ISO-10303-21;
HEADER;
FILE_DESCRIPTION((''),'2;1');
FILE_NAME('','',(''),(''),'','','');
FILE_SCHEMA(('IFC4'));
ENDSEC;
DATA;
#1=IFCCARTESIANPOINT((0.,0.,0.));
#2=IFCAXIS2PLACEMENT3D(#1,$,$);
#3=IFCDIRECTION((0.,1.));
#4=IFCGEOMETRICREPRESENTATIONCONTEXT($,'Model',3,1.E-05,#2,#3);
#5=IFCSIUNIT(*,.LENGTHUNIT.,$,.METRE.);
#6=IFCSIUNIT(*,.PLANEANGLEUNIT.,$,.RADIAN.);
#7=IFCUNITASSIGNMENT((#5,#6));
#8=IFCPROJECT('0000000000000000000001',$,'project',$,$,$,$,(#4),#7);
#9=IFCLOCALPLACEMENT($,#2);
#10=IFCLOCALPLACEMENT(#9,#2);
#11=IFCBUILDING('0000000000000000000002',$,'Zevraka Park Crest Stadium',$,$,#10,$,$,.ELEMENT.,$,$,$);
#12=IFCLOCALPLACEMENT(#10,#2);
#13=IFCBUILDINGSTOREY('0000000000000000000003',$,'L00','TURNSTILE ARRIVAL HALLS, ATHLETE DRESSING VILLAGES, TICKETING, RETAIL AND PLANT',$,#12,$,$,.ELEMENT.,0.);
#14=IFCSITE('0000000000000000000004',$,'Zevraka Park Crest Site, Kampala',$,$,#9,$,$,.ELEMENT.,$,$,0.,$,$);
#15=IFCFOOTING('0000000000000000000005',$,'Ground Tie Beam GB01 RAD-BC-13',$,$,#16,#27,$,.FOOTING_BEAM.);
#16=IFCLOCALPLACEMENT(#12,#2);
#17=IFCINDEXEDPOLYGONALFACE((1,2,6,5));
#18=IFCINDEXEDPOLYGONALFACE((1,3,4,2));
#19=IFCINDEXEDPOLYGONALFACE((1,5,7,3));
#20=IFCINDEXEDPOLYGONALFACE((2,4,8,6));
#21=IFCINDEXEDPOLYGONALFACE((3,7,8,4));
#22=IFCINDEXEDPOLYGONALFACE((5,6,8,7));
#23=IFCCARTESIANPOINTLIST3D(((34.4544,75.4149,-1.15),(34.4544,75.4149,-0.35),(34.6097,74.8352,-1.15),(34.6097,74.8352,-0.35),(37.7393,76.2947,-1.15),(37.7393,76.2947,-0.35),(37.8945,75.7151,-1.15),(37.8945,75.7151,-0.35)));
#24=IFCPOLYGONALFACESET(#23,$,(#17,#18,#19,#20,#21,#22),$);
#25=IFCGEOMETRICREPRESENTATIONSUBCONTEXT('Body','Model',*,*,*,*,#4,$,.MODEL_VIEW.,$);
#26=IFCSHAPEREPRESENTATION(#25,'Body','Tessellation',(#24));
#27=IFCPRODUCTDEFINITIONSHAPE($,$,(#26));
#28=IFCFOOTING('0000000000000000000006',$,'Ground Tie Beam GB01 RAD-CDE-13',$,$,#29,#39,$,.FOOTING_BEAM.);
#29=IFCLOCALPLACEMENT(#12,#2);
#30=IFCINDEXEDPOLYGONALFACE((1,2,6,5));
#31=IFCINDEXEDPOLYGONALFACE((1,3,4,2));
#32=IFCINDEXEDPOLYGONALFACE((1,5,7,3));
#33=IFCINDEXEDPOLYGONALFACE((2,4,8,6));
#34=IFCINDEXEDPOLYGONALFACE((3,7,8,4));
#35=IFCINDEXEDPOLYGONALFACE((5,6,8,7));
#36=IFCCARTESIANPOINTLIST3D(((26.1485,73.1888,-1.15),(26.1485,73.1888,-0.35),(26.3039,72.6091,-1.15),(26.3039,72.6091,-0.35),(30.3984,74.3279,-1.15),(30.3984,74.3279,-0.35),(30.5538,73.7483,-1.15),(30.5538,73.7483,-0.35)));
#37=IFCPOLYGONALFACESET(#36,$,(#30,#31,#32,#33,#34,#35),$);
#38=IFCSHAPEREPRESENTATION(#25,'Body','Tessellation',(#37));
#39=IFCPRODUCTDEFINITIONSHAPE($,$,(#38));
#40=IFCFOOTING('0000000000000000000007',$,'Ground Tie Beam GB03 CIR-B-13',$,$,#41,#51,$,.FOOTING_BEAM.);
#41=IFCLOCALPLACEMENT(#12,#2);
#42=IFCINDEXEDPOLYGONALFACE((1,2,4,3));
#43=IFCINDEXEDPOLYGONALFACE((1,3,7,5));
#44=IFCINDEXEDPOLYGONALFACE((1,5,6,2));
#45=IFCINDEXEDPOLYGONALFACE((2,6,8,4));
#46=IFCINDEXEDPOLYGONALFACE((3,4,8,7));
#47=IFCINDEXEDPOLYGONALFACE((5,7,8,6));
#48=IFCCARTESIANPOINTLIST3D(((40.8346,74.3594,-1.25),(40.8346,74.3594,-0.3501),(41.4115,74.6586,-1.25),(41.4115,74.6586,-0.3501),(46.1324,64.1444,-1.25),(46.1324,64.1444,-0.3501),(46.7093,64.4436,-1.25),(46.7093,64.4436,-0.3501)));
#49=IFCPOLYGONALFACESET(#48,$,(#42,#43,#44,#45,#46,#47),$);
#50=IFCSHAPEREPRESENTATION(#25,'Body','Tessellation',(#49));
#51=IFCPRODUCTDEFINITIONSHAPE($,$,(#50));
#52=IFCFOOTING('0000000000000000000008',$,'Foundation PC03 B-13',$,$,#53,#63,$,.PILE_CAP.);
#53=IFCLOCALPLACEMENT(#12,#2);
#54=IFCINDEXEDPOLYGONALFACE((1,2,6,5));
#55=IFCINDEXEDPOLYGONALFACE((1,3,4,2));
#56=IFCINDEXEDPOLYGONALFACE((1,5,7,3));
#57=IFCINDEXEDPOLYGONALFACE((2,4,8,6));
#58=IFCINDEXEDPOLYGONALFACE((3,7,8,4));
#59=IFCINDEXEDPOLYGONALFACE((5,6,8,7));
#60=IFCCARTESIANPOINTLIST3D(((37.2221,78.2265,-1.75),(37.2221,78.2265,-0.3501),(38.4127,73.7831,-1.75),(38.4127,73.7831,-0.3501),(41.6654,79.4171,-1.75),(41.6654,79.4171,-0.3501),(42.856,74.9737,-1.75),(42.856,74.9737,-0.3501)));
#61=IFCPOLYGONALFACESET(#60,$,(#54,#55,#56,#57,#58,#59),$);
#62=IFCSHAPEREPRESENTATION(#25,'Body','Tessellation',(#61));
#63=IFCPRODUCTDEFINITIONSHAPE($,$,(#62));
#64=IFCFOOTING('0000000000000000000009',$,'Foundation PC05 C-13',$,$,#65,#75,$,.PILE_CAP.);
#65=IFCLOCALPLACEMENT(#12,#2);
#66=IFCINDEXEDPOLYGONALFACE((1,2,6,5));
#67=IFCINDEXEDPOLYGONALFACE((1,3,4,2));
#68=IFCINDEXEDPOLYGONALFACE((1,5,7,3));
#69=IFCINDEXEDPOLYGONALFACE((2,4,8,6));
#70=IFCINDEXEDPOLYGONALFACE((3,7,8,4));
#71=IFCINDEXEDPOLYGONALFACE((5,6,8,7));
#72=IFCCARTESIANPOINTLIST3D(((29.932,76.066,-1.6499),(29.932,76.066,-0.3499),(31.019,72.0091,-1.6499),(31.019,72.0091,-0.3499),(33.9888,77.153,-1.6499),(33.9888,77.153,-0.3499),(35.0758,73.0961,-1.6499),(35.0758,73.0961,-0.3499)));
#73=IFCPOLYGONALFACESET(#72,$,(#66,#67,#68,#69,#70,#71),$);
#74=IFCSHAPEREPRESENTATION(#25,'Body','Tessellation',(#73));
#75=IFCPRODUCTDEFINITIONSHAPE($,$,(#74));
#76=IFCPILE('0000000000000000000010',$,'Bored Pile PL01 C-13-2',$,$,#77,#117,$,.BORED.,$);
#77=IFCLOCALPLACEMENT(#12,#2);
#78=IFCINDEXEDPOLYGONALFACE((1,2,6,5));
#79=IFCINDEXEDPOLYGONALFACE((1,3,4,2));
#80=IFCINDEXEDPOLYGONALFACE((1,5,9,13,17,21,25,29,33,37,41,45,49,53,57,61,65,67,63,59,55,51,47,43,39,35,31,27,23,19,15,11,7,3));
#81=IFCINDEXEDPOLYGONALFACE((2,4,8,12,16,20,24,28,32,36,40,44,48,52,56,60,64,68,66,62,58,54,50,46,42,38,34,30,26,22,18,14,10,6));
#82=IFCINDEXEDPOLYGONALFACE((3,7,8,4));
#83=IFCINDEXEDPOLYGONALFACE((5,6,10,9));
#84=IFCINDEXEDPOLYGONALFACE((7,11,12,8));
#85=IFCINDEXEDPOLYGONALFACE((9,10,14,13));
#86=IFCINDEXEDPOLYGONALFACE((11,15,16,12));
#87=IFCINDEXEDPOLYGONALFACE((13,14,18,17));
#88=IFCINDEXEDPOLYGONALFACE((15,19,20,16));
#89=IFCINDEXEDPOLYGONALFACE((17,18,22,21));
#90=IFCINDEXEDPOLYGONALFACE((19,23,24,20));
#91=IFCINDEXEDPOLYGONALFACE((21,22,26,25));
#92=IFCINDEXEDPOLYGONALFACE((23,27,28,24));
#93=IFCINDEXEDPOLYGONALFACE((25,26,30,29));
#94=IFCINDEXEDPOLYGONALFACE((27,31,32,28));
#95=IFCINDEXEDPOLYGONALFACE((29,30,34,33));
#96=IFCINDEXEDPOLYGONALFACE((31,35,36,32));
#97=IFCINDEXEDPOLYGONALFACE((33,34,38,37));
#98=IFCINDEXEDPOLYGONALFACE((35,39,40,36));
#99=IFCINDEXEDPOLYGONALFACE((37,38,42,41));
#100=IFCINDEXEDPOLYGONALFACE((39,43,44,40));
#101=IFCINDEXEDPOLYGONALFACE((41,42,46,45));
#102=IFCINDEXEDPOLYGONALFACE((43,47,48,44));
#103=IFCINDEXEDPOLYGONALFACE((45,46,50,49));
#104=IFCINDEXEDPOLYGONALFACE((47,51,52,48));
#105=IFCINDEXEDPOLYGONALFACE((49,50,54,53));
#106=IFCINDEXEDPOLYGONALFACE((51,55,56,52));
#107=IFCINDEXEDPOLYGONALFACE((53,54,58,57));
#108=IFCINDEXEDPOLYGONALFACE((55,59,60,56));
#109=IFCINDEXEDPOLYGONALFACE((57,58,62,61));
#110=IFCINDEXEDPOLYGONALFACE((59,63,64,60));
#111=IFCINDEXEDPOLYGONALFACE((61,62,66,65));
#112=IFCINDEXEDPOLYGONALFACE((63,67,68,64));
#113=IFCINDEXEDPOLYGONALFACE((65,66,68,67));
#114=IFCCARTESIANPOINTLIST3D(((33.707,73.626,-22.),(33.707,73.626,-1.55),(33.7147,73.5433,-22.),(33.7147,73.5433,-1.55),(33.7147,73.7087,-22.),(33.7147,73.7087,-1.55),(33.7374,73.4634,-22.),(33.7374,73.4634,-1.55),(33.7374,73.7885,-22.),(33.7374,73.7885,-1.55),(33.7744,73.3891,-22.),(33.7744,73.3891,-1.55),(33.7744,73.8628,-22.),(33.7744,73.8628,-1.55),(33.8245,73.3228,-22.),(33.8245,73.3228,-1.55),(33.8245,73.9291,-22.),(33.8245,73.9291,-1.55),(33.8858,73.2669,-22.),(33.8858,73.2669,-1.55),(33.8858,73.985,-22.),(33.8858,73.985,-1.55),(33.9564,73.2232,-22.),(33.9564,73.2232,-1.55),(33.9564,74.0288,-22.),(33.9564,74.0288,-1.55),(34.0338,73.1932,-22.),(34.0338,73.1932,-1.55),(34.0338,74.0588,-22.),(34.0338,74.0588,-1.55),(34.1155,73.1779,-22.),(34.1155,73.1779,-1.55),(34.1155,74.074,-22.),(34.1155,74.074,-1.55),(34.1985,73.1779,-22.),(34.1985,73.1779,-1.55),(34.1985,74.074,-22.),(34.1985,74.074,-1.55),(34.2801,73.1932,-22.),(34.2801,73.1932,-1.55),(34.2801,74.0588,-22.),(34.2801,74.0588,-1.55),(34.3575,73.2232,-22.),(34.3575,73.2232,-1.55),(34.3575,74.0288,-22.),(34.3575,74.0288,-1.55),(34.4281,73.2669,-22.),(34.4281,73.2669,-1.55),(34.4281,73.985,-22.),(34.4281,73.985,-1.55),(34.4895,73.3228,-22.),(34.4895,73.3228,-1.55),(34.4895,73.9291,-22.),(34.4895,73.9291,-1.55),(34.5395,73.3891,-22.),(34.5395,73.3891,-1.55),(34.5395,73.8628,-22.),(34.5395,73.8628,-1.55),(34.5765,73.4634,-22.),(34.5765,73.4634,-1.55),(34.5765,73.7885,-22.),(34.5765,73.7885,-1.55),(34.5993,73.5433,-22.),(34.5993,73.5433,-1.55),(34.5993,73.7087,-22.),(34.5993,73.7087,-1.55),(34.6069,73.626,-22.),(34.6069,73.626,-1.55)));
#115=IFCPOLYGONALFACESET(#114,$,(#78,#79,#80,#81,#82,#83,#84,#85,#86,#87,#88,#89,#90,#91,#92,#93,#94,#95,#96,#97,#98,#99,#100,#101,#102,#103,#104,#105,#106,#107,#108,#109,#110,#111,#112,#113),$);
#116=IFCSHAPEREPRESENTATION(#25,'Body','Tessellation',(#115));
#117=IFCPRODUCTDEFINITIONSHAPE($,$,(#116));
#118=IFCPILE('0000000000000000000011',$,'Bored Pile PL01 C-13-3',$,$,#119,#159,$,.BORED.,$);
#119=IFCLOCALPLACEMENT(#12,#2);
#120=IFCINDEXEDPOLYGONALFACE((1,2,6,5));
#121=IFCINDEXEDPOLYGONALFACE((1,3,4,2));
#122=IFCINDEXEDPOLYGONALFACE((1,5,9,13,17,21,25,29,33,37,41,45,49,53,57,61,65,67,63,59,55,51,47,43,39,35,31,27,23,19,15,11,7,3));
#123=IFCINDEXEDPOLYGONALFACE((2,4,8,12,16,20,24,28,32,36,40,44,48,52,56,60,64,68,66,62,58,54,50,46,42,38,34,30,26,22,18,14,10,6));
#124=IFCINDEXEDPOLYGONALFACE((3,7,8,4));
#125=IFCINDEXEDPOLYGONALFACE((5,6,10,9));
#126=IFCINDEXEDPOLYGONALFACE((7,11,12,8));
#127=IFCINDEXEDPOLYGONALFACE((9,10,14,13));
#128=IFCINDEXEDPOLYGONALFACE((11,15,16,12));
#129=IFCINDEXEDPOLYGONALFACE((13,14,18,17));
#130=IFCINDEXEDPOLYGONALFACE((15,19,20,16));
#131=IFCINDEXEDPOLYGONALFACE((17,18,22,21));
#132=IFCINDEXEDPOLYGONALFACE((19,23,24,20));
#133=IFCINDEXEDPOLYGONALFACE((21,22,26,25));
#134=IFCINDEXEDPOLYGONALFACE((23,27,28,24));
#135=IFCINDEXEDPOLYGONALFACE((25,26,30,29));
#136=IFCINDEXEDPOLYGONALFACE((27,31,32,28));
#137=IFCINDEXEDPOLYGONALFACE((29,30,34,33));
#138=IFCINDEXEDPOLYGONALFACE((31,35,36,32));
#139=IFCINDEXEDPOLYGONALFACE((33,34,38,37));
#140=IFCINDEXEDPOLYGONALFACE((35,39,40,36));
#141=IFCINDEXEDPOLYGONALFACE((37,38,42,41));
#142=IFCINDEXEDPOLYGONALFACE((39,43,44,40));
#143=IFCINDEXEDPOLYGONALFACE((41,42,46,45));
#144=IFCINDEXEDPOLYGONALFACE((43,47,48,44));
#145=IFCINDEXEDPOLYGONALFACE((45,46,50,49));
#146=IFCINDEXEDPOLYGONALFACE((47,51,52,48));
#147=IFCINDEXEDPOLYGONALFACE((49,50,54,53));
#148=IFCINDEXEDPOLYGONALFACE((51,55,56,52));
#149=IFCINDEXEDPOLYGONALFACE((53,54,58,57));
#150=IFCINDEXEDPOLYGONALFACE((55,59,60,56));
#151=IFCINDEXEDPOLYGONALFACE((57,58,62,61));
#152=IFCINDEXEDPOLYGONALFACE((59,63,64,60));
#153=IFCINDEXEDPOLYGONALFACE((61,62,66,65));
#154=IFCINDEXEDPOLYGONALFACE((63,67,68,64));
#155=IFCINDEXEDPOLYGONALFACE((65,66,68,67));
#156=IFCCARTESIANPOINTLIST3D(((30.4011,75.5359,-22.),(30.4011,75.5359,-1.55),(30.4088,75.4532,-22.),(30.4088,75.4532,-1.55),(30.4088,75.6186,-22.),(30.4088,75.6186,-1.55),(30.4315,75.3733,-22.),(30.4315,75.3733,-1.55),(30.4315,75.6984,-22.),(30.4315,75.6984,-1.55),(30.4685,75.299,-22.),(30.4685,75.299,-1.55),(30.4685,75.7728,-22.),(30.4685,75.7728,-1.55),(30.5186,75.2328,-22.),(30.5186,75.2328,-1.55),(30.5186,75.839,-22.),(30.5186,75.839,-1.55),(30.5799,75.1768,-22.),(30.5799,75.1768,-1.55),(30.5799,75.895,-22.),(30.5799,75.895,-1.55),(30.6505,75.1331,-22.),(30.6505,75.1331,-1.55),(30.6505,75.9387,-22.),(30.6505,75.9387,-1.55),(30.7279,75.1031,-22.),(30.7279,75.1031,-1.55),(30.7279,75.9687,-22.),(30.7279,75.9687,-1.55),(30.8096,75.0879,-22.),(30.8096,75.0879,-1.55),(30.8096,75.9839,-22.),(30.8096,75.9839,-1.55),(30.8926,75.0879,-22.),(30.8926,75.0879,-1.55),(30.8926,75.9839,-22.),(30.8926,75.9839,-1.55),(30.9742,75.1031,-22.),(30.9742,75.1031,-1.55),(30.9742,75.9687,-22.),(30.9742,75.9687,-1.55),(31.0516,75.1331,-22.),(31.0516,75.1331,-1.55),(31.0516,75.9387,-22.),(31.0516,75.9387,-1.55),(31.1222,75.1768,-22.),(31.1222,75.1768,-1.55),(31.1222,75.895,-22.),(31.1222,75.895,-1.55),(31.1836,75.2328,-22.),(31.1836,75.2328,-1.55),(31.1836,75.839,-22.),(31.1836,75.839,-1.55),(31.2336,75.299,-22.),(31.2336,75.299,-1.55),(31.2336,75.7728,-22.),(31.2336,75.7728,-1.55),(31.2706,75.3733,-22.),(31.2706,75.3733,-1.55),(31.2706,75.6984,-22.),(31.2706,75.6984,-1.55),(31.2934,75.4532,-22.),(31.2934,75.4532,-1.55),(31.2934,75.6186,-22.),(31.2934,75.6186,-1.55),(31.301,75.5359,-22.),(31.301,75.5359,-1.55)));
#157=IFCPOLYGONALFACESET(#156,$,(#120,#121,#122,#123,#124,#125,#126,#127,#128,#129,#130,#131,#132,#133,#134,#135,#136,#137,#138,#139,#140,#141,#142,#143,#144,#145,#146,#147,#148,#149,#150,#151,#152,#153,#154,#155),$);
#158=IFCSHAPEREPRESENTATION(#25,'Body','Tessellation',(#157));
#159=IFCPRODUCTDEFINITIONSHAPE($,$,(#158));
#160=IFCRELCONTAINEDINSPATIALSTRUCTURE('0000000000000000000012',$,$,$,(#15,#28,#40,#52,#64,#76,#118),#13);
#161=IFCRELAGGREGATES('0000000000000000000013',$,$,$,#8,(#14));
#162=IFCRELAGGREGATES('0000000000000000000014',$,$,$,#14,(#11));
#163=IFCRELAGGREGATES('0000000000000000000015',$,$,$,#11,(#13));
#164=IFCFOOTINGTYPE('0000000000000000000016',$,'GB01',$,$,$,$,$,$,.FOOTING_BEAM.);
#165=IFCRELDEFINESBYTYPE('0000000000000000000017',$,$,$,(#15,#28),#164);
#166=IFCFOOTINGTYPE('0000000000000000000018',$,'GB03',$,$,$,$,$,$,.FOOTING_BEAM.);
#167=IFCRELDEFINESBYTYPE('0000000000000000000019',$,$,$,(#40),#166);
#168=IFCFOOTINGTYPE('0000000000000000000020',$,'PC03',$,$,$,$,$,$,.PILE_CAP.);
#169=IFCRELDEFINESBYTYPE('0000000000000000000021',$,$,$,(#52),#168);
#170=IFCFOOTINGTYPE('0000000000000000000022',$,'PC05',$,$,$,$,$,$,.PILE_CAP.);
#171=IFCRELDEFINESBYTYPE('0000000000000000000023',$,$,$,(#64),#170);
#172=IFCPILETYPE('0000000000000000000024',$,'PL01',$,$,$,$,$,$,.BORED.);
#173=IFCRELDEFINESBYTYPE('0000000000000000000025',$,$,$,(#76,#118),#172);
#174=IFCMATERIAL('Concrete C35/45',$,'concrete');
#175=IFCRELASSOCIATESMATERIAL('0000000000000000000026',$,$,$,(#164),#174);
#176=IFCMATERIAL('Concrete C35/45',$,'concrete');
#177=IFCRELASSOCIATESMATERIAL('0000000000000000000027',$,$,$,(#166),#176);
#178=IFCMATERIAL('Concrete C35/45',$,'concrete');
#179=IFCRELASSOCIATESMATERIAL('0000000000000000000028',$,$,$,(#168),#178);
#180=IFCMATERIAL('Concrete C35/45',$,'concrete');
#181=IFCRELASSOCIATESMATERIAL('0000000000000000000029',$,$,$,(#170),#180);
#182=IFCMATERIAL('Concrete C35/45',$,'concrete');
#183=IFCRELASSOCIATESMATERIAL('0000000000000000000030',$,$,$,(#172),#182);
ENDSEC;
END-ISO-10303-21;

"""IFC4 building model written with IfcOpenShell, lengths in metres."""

from ifc_helpers import new_model, si_unit, direction, frame, origin, origin_2d, place, context, subcontext, project, spatial, rectangle, circle, extrude, material, material_profile, profile_set, type_object, element, save


model = new_model("IFC4")

# Units and contexts
model_context = context("Model", 3, precision=1e-05, world=origin(), true_north=direction((0.0, 1.0)))
body_context = subcontext(model_context, "Body", "Model", "MODEL_VIEW")
ifc_project = project(units=[si_unit("LENGTHUNIT", "METRE"), si_unit("PLANEANGLEUNIT", "RADIAN")], contexts=[model_context])

# Site, building, storey
site_placement = place(None, origin())
site = spatial("IfcSite", under=ifc_project, at=site_placement, Name="Zevraka Park Crest Site, Kampala", CompositionType="ELEMENT", RefElevation=0.0)
building_placement = place(site_placement, origin())
building = spatial("IfcBuilding", under=site, at=building_placement, Name="Zevraka Park Crest Stadium", CompositionType="ELEMENT")
storey_placement = place(building_placement, origin())
storey = spatial("IfcBuildingStorey", under=building, at=storey_placement, Name="L00", Description="TURNSTILE ARRIVAL HALLS, ATHLETE DRESSING VILLAGES, TICKETING, RETAIL AND PLANT", CompositionType="ELEMENT", Elevation=0.0)

# Footings
ifc_material_1 = material(Name="Concrete C35/45", Category="concrete")
ifc_material_profile_1 = material_profile(ifc_material_1, rectangle(XDim=0.6001, YDim=0.8, at=origin_2d()), Name="GB 800x600")
ifc_profile_set_1 = profile_set([ifc_material_profile_1], Name="Concrete C35/45")
footing_type_1 = type_object("IfcFootingType", Name="GB01", PredefinedType="FOOTING_BEAM", material=ifc_profile_set_1)
footing_1_placement = place(storey_placement, frame((37.8169, 76.0049, -0.75), z_axis=(-0.965948, -0.258735, 0.0), x_axis=(0.258735, -0.965948, 0.0)))
element("IfcFooting", 1, at=footing_1_placement, inside=storey, type_object=footing_type_1, Name="Ground Tie Beam GB01 RAD-BC-13", PredefinedType="FOOTING_BEAM", context=body_context, shape_type="SweptSolid", body=[
    extrude(rectangle(XDim=0.6001, YDim=0.8, at=origin_2d()), origin(), (0.0, 0.0, 1.0), 3.4006),
])
footing_2_placement = place(storey_placement, frame((30.4761, 74.0381, -0.75), z_axis=(-0.965904, -0.258899, 0.0), x_axis=(0.258899, -0.965904, 0.0)))
element("IfcFooting", 2, at=footing_2_placement, inside=storey, type_object=footing_type_1, Name="Ground Tie Beam GB01 RAD-CDE-13", PredefinedType="FOOTING_BEAM", context=body_context, shape_type="SweptSolid", body=[
    extrude(rectangle(XDim=0.6001, YDim=0.8, at=origin_2d()), origin(), (0.0, 0.0, 1.0), 4.3999),
])
ifc_material_2 = material(Name="Concrete C35/45", Category="concrete")
ifc_material_profile_2 = material_profile(ifc_material_2, rectangle(XDim=0.6499, YDim=0.8999, at=origin_2d()), Name="GB 900x650")
ifc_profile_set_2 = profile_set([ifc_material_profile_2], Name="Concrete C35/45")
footing_type_2 = type_object("IfcFootingType", Name="GB03", PredefinedType="FOOTING_BEAM", material=ifc_profile_set_2)
footing_3_placement = place(storey_placement, frame((41.123, 74.509, -0.8), z_axis=(0.460395, -0.887714, 0.0), x_axis=(0.887714, 0.460395, 0.0)))
element("IfcFooting", 3, at=footing_3_placement, inside=storey, type_object=footing_type_2, Name="Ground Tie Beam GB03 CIR-B-13", PredefinedType="FOOTING_BEAM", context=body_context, shape_type="SweptSolid", body=[
    extrude(rectangle(XDim=0.6499, YDim=0.8999, at=origin_2d()), origin(), (0.0, 0.0, 1.0), 11.5071),
])
ifc_material_3 = material(Name="Concrete C35/45", Category="concrete")
footing_type_3 = type_object("IfcFootingType", Name="PC03", PredefinedType="PILE_CAP", material=ifc_material_3)
footing_4_placement = place(storey_placement, frame((40.0391, 76.6001, -1.75), z_axis=(0.0, 0.0, 1.0), x_axis=(0.965926, 0.258819, 0.0)))
element("IfcFooting", 4, at=footing_4_placement, inside=storey, type_object=footing_type_3, Name="Foundation PC03 B-13", PredefinedType="PILE_CAP", context=body_context, shape_type="SweptSolid", body=[
    extrude(rectangle(XDim=4.6001, YDim=4.6001, at=origin_2d()), origin(), (0.0, 0.0, 1.0), 1.3999),
])
ifc_material_4 = material(Name="Concrete C35/45", Category="concrete")
footing_type_4 = type_object("IfcFootingType", Name="PC05", PredefinedType="PILE_CAP", material=ifc_material_4)
footing_5_placement = place(storey_placement, frame((32.5039, 74.5811, -1.6499), z_axis=(0.0, 0.0, 1.0), x_axis=(0.965926, 0.258819, 0.0)))
element("IfcFooting", 5, at=footing_5_placement, inside=storey, type_object=footing_type_4, Name="Foundation PC05 C-13", PredefinedType="PILE_CAP", context=body_context, shape_type="SweptSolid", body=[
    extrude(rectangle(XDim=4.2, YDim=4.2, at=origin_2d()), origin(), (0.0, 0.0, 1.0), 1.3),
])

# Piles
ifc_material_5 = material(Name="Concrete C35/45", Category="concrete")
ifc_material_profile_3 = material_profile(ifc_material_5, circle(Radius=0.45, at=origin_2d()), Name="PILE D900")
ifc_profile_set_3 = profile_set([ifc_material_profile_3], Name="Concrete C35/45")
pile_type_1 = type_object("IfcPileType", Name="PL01", PredefinedType="BORED", material=ifc_profile_set_3)
for number, where, z_axis, x_axis, name in (
    (6, (34.157, 73.626, -1.55), (0.0, 0.0, -1.0), (1.0, 0.0, 0.0), "Bored Pile PL01 C-13-2"),
    (7, (30.8511, 75.5359, -1.55), (0.0, 0.0, -1.0), (1.0, 0.0, 0.0), "Bored Pile PL01 C-13-3"),
):
    element("IfcPile", number, at=place(storey_placement, frame(where, z_axis=z_axis, x_axis=x_axis)), inside=storey, type_object=pile_type_1, Name=name, PredefinedType="BORED", context=body_context, shape_type="SweptSolid", body=[
        extrude(circle(Radius=0.45, at=origin_2d()), origin(), (0.0, 0.0, 1.0), 20.45),
    ])

save(model, "model.ifc")
